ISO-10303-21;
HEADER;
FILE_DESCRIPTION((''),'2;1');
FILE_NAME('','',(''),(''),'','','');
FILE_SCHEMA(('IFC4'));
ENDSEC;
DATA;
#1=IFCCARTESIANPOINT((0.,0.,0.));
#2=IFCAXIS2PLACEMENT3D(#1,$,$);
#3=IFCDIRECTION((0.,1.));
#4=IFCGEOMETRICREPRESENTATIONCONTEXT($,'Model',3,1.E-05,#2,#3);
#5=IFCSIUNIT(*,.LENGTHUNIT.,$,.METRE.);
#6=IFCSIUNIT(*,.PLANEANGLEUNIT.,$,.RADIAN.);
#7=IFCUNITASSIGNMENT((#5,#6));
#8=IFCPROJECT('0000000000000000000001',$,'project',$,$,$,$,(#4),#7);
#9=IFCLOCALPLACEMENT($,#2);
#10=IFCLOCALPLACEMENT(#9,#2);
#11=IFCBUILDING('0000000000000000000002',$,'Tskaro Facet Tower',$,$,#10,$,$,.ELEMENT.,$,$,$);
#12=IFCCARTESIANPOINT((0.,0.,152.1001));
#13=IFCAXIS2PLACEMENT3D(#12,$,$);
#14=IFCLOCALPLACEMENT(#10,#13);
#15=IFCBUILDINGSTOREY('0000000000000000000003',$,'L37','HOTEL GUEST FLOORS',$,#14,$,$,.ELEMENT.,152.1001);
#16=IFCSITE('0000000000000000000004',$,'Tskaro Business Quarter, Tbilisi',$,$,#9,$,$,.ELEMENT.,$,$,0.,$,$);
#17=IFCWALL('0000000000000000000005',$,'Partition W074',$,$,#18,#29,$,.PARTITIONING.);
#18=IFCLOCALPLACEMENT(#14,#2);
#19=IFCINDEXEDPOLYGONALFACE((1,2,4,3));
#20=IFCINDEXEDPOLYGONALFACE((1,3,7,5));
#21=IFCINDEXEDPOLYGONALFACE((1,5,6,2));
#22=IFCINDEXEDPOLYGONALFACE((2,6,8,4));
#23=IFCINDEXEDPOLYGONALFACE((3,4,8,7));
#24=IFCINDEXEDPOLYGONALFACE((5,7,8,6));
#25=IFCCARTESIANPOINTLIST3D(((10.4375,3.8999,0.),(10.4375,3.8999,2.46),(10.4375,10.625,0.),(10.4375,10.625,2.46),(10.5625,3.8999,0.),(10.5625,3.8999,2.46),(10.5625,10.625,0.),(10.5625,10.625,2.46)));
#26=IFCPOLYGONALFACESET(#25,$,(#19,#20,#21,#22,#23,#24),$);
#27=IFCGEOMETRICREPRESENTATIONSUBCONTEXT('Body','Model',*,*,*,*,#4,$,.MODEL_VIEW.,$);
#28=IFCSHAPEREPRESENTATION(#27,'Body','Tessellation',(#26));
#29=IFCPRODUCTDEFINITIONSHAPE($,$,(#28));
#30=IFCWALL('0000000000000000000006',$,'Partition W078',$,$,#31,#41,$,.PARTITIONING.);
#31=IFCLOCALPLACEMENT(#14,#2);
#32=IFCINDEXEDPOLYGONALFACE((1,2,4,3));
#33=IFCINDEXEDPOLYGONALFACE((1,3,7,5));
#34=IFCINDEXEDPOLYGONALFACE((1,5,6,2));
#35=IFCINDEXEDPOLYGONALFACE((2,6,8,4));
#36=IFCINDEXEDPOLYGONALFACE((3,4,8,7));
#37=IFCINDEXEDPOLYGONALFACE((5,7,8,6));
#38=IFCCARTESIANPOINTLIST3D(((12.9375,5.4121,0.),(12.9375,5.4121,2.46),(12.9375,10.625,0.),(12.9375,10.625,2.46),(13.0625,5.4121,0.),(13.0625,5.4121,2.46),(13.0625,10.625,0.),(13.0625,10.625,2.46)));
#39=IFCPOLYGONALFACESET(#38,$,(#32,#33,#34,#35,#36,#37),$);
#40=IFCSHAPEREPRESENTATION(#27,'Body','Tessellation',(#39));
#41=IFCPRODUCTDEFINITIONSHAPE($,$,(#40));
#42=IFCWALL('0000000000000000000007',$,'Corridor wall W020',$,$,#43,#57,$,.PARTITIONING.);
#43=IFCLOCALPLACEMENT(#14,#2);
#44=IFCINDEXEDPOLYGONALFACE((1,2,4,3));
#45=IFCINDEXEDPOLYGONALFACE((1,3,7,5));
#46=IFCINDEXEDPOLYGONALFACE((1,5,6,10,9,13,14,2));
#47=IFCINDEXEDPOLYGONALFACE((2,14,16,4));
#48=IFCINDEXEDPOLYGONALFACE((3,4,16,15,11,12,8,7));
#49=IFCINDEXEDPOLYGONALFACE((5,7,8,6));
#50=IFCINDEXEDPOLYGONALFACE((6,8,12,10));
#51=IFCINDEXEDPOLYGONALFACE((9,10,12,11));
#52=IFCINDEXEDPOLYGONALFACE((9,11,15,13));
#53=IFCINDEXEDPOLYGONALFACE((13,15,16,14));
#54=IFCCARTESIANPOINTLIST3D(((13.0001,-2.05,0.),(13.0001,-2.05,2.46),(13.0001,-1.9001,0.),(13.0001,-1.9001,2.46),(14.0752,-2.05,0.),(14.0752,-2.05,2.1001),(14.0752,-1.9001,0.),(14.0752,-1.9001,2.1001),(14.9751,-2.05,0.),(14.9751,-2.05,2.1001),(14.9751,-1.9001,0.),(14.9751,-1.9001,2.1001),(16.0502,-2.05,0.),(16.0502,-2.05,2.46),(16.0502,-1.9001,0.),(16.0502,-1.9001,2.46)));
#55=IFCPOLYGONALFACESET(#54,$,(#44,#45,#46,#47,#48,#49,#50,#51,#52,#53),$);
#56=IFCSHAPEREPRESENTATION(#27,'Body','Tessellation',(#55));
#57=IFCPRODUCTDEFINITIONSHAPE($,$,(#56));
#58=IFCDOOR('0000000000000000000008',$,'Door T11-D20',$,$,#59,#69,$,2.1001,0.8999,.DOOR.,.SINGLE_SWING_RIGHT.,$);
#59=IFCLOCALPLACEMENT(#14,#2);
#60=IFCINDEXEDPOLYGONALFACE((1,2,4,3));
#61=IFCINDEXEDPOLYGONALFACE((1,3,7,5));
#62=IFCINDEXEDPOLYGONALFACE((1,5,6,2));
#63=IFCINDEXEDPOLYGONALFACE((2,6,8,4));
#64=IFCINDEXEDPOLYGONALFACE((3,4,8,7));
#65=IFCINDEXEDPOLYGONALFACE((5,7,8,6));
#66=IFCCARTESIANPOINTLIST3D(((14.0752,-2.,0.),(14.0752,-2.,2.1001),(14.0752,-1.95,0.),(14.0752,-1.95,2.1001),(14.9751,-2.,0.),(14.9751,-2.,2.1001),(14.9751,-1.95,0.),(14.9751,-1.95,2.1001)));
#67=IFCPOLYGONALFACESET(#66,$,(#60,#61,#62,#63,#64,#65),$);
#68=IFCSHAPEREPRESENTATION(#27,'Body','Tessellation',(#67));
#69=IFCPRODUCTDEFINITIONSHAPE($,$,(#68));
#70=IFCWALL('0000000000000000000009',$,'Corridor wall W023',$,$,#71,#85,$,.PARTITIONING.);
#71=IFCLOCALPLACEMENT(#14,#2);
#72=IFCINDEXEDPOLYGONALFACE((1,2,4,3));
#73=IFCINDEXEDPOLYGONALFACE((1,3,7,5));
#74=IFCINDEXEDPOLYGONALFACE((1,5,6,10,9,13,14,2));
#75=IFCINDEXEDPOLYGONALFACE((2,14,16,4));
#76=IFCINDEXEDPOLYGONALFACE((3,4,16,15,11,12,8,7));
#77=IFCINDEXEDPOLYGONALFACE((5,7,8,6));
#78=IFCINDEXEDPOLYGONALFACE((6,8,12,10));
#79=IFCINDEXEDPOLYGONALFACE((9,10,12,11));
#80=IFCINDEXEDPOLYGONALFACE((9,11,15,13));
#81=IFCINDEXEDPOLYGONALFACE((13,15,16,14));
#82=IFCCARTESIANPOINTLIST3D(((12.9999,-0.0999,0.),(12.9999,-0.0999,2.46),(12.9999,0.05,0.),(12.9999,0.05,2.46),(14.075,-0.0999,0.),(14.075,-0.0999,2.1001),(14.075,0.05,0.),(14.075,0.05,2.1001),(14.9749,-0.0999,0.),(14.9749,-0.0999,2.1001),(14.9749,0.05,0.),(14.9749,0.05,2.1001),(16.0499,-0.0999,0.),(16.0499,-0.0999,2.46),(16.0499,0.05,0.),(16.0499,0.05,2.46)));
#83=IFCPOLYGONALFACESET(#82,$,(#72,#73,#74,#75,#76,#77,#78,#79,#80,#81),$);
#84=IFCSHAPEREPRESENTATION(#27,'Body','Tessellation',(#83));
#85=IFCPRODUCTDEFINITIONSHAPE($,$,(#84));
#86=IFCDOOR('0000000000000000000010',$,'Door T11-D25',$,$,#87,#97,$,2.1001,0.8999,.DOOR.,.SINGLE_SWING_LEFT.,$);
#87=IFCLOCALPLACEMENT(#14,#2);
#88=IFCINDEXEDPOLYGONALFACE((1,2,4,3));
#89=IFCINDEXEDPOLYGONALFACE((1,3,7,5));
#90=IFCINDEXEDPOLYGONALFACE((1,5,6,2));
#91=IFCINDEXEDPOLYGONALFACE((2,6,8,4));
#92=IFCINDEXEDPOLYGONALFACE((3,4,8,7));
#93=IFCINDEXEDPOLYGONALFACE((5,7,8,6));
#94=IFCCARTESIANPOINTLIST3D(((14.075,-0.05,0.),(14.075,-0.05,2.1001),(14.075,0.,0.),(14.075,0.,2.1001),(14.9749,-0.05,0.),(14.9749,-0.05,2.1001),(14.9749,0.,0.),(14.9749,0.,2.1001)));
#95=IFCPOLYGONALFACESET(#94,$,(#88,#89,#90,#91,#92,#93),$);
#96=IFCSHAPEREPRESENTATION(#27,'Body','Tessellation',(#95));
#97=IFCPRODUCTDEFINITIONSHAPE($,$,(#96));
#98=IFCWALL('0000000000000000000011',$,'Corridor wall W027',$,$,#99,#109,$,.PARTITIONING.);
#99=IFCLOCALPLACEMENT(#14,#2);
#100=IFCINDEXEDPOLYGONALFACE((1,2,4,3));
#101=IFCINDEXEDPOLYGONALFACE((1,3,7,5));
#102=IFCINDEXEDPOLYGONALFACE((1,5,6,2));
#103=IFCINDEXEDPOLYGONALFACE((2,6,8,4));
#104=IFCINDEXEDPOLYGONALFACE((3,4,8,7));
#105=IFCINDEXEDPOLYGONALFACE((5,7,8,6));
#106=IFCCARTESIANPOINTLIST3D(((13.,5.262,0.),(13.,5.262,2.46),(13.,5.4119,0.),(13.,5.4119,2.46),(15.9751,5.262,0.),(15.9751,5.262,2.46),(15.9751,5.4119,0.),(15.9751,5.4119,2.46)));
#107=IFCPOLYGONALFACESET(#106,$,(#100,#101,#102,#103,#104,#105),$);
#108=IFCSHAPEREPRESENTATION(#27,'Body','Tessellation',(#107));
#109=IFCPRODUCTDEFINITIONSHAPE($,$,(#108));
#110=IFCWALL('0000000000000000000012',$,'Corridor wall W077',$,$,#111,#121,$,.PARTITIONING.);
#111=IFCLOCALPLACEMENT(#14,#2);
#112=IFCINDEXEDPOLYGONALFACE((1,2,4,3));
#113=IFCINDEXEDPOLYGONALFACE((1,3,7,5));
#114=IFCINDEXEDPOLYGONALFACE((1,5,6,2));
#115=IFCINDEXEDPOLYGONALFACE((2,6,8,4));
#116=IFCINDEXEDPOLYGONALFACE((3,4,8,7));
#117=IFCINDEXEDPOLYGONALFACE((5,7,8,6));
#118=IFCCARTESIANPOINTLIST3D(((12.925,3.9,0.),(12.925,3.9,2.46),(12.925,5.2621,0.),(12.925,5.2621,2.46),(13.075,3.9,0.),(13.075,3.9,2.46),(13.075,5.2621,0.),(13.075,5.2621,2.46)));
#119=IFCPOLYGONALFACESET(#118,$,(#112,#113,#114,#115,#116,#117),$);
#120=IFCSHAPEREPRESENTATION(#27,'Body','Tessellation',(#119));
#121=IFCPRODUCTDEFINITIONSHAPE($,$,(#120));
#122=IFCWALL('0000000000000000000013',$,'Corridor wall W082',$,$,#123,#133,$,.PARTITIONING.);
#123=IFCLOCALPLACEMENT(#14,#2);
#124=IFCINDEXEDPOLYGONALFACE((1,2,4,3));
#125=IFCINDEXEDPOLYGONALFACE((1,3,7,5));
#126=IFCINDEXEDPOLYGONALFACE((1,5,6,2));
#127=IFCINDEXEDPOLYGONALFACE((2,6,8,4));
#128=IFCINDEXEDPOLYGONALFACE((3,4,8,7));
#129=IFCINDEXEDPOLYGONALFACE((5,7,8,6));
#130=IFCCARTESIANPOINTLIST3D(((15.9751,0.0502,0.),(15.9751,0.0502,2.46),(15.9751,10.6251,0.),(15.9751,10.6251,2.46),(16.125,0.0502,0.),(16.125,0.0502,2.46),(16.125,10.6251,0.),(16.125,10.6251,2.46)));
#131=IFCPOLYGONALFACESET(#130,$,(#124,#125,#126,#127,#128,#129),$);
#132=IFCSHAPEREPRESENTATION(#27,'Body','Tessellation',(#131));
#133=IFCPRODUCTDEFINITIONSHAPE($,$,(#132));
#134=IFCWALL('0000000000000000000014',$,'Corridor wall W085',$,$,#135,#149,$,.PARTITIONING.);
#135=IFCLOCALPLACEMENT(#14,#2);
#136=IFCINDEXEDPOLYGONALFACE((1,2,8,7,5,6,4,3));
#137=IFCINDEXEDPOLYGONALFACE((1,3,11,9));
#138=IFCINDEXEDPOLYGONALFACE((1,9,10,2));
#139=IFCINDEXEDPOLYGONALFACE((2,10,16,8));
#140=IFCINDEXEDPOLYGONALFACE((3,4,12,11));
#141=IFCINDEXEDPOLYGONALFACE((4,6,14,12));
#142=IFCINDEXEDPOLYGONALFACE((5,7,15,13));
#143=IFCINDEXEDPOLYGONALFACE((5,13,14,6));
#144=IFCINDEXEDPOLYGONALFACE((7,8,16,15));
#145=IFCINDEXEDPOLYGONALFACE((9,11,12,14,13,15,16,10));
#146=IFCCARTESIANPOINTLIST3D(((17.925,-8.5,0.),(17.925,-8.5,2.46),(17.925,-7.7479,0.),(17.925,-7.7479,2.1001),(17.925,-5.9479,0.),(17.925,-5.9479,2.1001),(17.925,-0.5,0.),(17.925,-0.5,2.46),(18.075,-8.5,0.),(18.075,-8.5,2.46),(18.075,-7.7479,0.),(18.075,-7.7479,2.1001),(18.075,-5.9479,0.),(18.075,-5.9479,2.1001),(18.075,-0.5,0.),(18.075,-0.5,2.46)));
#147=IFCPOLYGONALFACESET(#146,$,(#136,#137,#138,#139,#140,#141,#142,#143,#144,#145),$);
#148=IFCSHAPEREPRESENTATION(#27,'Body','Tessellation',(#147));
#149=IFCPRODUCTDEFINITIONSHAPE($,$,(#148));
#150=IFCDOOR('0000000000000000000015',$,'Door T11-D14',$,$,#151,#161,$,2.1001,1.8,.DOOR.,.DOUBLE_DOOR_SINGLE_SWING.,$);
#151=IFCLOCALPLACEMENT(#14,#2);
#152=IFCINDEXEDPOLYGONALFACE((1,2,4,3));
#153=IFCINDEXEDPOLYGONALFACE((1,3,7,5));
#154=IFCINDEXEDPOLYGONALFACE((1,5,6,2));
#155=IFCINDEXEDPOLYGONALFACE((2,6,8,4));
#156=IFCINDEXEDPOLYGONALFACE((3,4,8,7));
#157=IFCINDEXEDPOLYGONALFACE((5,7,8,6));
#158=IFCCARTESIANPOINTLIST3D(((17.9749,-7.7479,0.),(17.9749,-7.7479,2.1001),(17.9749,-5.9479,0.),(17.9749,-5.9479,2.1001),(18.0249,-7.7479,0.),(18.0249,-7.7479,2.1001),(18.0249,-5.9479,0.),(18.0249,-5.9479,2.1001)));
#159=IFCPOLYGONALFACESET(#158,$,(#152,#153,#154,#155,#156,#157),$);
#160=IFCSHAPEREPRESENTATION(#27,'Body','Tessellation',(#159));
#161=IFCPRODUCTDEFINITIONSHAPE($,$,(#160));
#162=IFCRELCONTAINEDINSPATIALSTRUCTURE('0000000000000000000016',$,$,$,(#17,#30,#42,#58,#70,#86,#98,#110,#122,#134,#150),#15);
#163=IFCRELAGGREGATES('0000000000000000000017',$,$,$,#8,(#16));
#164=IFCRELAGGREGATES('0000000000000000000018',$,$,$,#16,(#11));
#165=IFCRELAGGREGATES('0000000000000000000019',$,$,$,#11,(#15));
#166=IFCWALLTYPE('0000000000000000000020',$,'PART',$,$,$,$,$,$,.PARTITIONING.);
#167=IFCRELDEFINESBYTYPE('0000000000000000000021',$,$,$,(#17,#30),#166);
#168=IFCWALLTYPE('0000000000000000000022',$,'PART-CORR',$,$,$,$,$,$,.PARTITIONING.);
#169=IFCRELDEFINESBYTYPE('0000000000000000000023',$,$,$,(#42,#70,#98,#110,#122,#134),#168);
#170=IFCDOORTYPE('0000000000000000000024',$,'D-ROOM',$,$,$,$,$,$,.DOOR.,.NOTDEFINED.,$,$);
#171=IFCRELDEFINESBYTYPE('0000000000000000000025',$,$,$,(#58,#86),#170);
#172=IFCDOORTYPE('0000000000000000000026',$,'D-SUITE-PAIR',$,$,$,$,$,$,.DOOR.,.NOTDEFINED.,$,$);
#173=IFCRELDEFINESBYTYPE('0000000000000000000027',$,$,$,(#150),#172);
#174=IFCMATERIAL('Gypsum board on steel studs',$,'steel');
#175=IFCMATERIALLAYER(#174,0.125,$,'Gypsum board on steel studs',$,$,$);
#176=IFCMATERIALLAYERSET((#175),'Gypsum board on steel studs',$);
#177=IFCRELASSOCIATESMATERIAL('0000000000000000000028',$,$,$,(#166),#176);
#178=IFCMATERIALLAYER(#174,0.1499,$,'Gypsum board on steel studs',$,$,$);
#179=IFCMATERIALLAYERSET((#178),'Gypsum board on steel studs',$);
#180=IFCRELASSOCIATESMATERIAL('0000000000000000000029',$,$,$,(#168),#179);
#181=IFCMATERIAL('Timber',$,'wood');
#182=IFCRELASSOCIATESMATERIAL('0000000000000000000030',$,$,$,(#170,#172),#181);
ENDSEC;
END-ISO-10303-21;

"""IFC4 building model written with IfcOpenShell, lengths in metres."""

from ifc_helpers import new_model, si_unit, direction, frame, frame_2d, origin, place, context, subcontext, project, spatial, rectangle, extrude, material, layer, layer_set, type_object, element, fill, save


model = new_model("IFC4")

# Units and contexts
model_context = context("Model", 3, precision=1e-05, world=origin(), true_north=direction((0.0, 1.0)))
body_context = subcontext(model_context, "Body", "Model", "MODEL_VIEW")
ifc_project = project(units=[si_unit("LENGTHUNIT", "METRE"), si_unit("PLANEANGLEUNIT", "RADIAN")], contexts=[model_context])

# Site, building, storey
site_placement = place(None, origin())
site = spatial("IfcSite", under=ifc_project, at=site_placement, Name="Tskaro Business Quarter, Tbilisi", CompositionType="ELEMENT", RefElevation=0.0)
building_placement = place(site_placement, origin())
building = spatial("IfcBuilding", under=site, at=building_placement, Name="Tskaro Facet Tower", CompositionType="ELEMENT")
storey_placement = place(building_placement, frame((0.0, 0.0, 152.1001)))
storey = spatial("IfcBuildingStorey", under=building, at=storey_placement, Name="L37", Description="HOTEL GUEST FLOORS", CompositionType="ELEMENT", Elevation=152.1001)

# Walls
ifc_material_1 = material(Name="Gypsum board on steel studs", Category="steel")
ifc_layer_1 = layer(ifc_material_1, 0.125, Name="Gypsum board on steel studs")
ifc_layer_set_1 = layer_set([ifc_layer_1], Name="Gypsum board on steel studs")
wall_type_1 = type_object("IfcWallType", Name="PART", PredefinedType="PARTITIONING", material=ifc_layer_set_1)
wall_1_placement = place(storey_placement, frame((10.5, 3.8999, 0.0), z_axis=(0.0, 0.0, 1.0), x_axis=(0.0, 1.0, 0.0)))
element("IfcWall", 1, at=wall_1_placement, inside=storey, type_object=wall_type_1, Name="Partition W074", PredefinedType="PARTITIONING", context=body_context, shape_type="SweptSolid", body=[
    extrude(rectangle(XDim=6.7251, YDim=0.125, at=frame_2d((3.3625, 0.0))), origin(), (0.0, 0.0, 1.0), 2.46),
])
wall_2_placement = place(storey_placement, frame((13.0, 5.4121, 0.0), z_axis=(0.0, 0.0, 1.0), x_axis=(0.0, 1.0, 0.0)))
element("IfcWall", 2, at=wall_2_placement, inside=storey, type_object=wall_type_1, Name="Partition W078", PredefinedType="PARTITIONING", context=body_context, shape_type="SweptSolid", body=[
    extrude(rectangle(XDim=5.2129, YDim=0.125, at=frame_2d((2.6064, 0.0))), origin(), (0.0, 0.0, 1.0), 2.46),
])

# Walls, openings, doors
ifc_layer_2 = layer(ifc_material_1, 0.1499, Name="Gypsum board on steel studs")
ifc_layer_set_2 = layer_set([ifc_layer_2], Name="Gypsum board on steel studs")
wall_type_2 = type_object("IfcWallType", Name="PART-CORR", PredefinedType="PARTITIONING", material=ifc_layer_set_2)
wall_3_placement = place(storey_placement, frame((16.05, -1.9751, 0.0), z_axis=(0.0, 0.0, 1.0), x_axis=(-1.0, 0.0, 0.0)))
wall_3 = element("IfcWall", 3, at=wall_3_placement, inside=storey, type_object=wall_type_2, Name="Corridor wall W020", PredefinedType="PARTITIONING", context=body_context, shape_type="SweptSolid", body=[
    extrude(rectangle(XDim=3.05, YDim=0.1499, at=frame_2d((1.5249, 0.0))), origin(), (0.0, 0.0, 1.0), 2.46),
])
opening_1_placement = place(wall_3_placement, frame((1.075, 0.0, 0.0)))
opening_1 = element("IfcOpeningElement", 4, at=opening_1_placement, cuts=wall_3, PredefinedType="OPENING", context=body_context, shape_type="SweptSolid", body=[
    extrude(rectangle(XDim=0.8999, YDim=2.1001, at=frame_2d((0.45, 1.05))), frame((0.0, 0.085, 0.0), z_axis=(0.0, -1.0, 0.0), x_axis=(1.0, 0.0, 0.0)), (0.0, 0.0, 1.0), 0.1699),
])
ifc_material_2 = material(Name="Timber", Category="wood")
door_type_1 = type_object("IfcDoorType", Name="D-ROOM", OperationType="NOTDEFINED", PredefinedType="DOOR", material=ifc_material_2)
door_1_placement = place(opening_1_placement, origin())
door_1 = element("IfcDoor", 5, at=door_1_placement, inside=storey, type_object=door_type_1, Name="Door T11-D20", OperationType="SINGLE_SWING_RIGHT", OverallHeight=2.1001, OverallWidth=0.8999, PredefinedType="DOOR", context=body_context, shape_type="SweptSolid", body=[
    extrude(rectangle(XDim=0.8999, YDim=2.1001, at=frame_2d((0.45, 1.05))), frame((0.0, 0.0249, 0.0), z_axis=(0.0, -1.0, 0.0), x_axis=(1.0, 0.0, 0.0)), (0.0, 0.0, 1.0), 0.05),
])
fill(opening_1, door_1)
wall_4_placement = place(storey_placement, frame((13.0, -0.0249, 0.0), z_axis=(0.0, 0.0, 1.0), x_axis=(1.0, 0.0, 0.0)))
wall_4 = element("IfcWall", 6, at=wall_4_placement, inside=storey, type_object=wall_type_2, Name="Corridor wall W023", PredefinedType="PARTITIONING", context=body_context, shape_type="SweptSolid", body=[
    extrude(rectangle(XDim=3.05, YDim=0.1499, at=frame_2d((1.5249, 0.0))), origin(), (0.0, 0.0, 1.0), 2.46),
])
opening_2_placement = place(wall_4_placement, frame((1.075, 0.0, 0.0)))
opening_2 = element("IfcOpeningElement", 7, at=opening_2_placement, cuts=wall_4, PredefinedType="OPENING", context=body_context, shape_type="SweptSolid", body=[
    extrude(rectangle(XDim=0.8999, YDim=2.1001, at=frame_2d((0.45, 1.05))), frame((0.0, 0.085, 0.0), z_axis=(0.0, -1.0, 0.0), x_axis=(1.0, 0.0, 0.0)), (0.0, 0.0, 1.0), 0.1699),
])
door_2_placement = place(opening_2_placement, origin())
door_2 = element("IfcDoor", 8, at=door_2_placement, inside=storey, type_object=door_type_1, Name="Door T11-D25", OperationType="SINGLE_SWING_LEFT", OverallHeight=2.1001, OverallWidth=0.8999, PredefinedType="DOOR", context=body_context, shape_type="SweptSolid", body=[
    extrude(rectangle(XDim=0.8999, YDim=2.1001, at=frame_2d((0.45, 1.05))), frame((0.0, 0.0249, 0.0), z_axis=(0.0, -1.0, 0.0), x_axis=(1.0, 0.0, 0.0)), (0.0, 0.0, 1.0), 0.05),
])
fill(opening_2, door_2)

# Walls
wall_5_placement = place(storey_placement, frame((13.0, 5.3369, 0.0), z_axis=(0.0, 0.0, 1.0), x_axis=(1.0, 0.0, 0.0)))
element("IfcWall", 9, at=wall_5_placement, inside=storey, type_object=wall_type_2, Name="Corridor wall W027", PredefinedType="PARTITIONING", context=body_context, shape_type="SweptSolid", body=[
    extrude(rectangle(XDim=2.9751, YDim=0.1499, at=frame_2d((1.4875, 0.0))), origin(), (0.0, 0.0, 1.0), 2.46),
])
wall_6_placement = place(storey_placement, frame((13.0, 3.8999, 0.0), z_axis=(0.0, 0.0, 1.0), x_axis=(0.0, 1.0, 0.0)))
element("IfcWall", 10, at=wall_6_placement, inside=storey, type_object=wall_type_2, Name="Corridor wall W077", PredefinedType="PARTITIONING", context=body_context, shape_type="SweptSolid", body=[
    extrude(rectangle(XDim=1.3621, YDim=0.1499, at=frame_2d((0.6812, 0.0))), origin(), (0.0, 0.0, 1.0), 2.46),
])
wall_7_placement = place(storey_placement, frame((16.05, 0.05, 0.0), z_axis=(0.0, 0.0, 1.0), x_axis=(0.0, 1.0, 0.0)))
element("IfcWall", 11, at=wall_7_placement, inside=storey, type_object=wall_type_2, Name="Corridor wall W082", PredefinedType="PARTITIONING", context=body_context, shape_type="SweptSolid", body=[
    extrude(rectangle(XDim=10.575, YDim=0.1499, at=frame_2d((5.2876, 0.0))), origin(), (0.0, 0.0, 1.0), 2.46),
])

# Wall, opening, door
wall_8_placement = place(storey_placement, frame((18.0, -0.5, 0.0), z_axis=(0.0, 0.0, 1.0), x_axis=(0.0, -1.0, 0.0)))
wall_8 = element("IfcWall", 12, at=wall_8_placement, inside=storey, type_object=wall_type_2, Name="Corridor wall W085", PredefinedType="PARTITIONING", context=body_context, shape_type="SweptSolid", body=[
    extrude(rectangle(XDim=8.0, YDim=0.1499, at=frame_2d((4.0, 0.0))), origin(), (0.0, 0.0, 1.0), 2.46),
])
opening_3_placement = place(wall_8_placement, frame((5.448, 0.0, 0.0)))
opening_3 = element("IfcOpeningElement", 13, at=opening_3_placement, cuts=wall_8, PredefinedType="OPENING", context=body_context, shape_type="SweptSolid", body=[
    extrude(rectangle(XDim=1.8, YDim=2.1001, at=frame_2d((0.8999, 1.05))), frame((0.0, 0.085, 0.0), z_axis=(0.0, -1.0, 0.0), x_axis=(1.0, 0.0, 0.0)), (0.0, 0.0, 1.0), 0.1699),
])
door_type_2 = type_object("IfcDoorType", Name="D-SUITE-PAIR", OperationType="NOTDEFINED", PredefinedType="DOOR", material=ifc_material_2)
door_3_placement = place(opening_3_placement, origin())
door_3 = element("IfcDoor", 14, at=door_3_placement, inside=storey, type_object=door_type_2, Name="Door T11-D14", OperationType="DOUBLE_DOOR_SINGLE_SWING", OverallHeight=2.1001, OverallWidth=1.8, PredefinedType="DOOR", context=body_context, shape_type="SweptSolid", body=[
    extrude(rectangle(XDim=1.8, YDim=2.1001, at=frame_2d((0.8999, 1.05))), frame((0.0, 0.0249, 0.0), z_axis=(0.0, -1.0, 0.0), x_axis=(1.0, 0.0, 0.0)), (0.0, 0.0, 1.0), 0.05),
])
fill(opening_3, door_3)

save(model, "model.ifc")
